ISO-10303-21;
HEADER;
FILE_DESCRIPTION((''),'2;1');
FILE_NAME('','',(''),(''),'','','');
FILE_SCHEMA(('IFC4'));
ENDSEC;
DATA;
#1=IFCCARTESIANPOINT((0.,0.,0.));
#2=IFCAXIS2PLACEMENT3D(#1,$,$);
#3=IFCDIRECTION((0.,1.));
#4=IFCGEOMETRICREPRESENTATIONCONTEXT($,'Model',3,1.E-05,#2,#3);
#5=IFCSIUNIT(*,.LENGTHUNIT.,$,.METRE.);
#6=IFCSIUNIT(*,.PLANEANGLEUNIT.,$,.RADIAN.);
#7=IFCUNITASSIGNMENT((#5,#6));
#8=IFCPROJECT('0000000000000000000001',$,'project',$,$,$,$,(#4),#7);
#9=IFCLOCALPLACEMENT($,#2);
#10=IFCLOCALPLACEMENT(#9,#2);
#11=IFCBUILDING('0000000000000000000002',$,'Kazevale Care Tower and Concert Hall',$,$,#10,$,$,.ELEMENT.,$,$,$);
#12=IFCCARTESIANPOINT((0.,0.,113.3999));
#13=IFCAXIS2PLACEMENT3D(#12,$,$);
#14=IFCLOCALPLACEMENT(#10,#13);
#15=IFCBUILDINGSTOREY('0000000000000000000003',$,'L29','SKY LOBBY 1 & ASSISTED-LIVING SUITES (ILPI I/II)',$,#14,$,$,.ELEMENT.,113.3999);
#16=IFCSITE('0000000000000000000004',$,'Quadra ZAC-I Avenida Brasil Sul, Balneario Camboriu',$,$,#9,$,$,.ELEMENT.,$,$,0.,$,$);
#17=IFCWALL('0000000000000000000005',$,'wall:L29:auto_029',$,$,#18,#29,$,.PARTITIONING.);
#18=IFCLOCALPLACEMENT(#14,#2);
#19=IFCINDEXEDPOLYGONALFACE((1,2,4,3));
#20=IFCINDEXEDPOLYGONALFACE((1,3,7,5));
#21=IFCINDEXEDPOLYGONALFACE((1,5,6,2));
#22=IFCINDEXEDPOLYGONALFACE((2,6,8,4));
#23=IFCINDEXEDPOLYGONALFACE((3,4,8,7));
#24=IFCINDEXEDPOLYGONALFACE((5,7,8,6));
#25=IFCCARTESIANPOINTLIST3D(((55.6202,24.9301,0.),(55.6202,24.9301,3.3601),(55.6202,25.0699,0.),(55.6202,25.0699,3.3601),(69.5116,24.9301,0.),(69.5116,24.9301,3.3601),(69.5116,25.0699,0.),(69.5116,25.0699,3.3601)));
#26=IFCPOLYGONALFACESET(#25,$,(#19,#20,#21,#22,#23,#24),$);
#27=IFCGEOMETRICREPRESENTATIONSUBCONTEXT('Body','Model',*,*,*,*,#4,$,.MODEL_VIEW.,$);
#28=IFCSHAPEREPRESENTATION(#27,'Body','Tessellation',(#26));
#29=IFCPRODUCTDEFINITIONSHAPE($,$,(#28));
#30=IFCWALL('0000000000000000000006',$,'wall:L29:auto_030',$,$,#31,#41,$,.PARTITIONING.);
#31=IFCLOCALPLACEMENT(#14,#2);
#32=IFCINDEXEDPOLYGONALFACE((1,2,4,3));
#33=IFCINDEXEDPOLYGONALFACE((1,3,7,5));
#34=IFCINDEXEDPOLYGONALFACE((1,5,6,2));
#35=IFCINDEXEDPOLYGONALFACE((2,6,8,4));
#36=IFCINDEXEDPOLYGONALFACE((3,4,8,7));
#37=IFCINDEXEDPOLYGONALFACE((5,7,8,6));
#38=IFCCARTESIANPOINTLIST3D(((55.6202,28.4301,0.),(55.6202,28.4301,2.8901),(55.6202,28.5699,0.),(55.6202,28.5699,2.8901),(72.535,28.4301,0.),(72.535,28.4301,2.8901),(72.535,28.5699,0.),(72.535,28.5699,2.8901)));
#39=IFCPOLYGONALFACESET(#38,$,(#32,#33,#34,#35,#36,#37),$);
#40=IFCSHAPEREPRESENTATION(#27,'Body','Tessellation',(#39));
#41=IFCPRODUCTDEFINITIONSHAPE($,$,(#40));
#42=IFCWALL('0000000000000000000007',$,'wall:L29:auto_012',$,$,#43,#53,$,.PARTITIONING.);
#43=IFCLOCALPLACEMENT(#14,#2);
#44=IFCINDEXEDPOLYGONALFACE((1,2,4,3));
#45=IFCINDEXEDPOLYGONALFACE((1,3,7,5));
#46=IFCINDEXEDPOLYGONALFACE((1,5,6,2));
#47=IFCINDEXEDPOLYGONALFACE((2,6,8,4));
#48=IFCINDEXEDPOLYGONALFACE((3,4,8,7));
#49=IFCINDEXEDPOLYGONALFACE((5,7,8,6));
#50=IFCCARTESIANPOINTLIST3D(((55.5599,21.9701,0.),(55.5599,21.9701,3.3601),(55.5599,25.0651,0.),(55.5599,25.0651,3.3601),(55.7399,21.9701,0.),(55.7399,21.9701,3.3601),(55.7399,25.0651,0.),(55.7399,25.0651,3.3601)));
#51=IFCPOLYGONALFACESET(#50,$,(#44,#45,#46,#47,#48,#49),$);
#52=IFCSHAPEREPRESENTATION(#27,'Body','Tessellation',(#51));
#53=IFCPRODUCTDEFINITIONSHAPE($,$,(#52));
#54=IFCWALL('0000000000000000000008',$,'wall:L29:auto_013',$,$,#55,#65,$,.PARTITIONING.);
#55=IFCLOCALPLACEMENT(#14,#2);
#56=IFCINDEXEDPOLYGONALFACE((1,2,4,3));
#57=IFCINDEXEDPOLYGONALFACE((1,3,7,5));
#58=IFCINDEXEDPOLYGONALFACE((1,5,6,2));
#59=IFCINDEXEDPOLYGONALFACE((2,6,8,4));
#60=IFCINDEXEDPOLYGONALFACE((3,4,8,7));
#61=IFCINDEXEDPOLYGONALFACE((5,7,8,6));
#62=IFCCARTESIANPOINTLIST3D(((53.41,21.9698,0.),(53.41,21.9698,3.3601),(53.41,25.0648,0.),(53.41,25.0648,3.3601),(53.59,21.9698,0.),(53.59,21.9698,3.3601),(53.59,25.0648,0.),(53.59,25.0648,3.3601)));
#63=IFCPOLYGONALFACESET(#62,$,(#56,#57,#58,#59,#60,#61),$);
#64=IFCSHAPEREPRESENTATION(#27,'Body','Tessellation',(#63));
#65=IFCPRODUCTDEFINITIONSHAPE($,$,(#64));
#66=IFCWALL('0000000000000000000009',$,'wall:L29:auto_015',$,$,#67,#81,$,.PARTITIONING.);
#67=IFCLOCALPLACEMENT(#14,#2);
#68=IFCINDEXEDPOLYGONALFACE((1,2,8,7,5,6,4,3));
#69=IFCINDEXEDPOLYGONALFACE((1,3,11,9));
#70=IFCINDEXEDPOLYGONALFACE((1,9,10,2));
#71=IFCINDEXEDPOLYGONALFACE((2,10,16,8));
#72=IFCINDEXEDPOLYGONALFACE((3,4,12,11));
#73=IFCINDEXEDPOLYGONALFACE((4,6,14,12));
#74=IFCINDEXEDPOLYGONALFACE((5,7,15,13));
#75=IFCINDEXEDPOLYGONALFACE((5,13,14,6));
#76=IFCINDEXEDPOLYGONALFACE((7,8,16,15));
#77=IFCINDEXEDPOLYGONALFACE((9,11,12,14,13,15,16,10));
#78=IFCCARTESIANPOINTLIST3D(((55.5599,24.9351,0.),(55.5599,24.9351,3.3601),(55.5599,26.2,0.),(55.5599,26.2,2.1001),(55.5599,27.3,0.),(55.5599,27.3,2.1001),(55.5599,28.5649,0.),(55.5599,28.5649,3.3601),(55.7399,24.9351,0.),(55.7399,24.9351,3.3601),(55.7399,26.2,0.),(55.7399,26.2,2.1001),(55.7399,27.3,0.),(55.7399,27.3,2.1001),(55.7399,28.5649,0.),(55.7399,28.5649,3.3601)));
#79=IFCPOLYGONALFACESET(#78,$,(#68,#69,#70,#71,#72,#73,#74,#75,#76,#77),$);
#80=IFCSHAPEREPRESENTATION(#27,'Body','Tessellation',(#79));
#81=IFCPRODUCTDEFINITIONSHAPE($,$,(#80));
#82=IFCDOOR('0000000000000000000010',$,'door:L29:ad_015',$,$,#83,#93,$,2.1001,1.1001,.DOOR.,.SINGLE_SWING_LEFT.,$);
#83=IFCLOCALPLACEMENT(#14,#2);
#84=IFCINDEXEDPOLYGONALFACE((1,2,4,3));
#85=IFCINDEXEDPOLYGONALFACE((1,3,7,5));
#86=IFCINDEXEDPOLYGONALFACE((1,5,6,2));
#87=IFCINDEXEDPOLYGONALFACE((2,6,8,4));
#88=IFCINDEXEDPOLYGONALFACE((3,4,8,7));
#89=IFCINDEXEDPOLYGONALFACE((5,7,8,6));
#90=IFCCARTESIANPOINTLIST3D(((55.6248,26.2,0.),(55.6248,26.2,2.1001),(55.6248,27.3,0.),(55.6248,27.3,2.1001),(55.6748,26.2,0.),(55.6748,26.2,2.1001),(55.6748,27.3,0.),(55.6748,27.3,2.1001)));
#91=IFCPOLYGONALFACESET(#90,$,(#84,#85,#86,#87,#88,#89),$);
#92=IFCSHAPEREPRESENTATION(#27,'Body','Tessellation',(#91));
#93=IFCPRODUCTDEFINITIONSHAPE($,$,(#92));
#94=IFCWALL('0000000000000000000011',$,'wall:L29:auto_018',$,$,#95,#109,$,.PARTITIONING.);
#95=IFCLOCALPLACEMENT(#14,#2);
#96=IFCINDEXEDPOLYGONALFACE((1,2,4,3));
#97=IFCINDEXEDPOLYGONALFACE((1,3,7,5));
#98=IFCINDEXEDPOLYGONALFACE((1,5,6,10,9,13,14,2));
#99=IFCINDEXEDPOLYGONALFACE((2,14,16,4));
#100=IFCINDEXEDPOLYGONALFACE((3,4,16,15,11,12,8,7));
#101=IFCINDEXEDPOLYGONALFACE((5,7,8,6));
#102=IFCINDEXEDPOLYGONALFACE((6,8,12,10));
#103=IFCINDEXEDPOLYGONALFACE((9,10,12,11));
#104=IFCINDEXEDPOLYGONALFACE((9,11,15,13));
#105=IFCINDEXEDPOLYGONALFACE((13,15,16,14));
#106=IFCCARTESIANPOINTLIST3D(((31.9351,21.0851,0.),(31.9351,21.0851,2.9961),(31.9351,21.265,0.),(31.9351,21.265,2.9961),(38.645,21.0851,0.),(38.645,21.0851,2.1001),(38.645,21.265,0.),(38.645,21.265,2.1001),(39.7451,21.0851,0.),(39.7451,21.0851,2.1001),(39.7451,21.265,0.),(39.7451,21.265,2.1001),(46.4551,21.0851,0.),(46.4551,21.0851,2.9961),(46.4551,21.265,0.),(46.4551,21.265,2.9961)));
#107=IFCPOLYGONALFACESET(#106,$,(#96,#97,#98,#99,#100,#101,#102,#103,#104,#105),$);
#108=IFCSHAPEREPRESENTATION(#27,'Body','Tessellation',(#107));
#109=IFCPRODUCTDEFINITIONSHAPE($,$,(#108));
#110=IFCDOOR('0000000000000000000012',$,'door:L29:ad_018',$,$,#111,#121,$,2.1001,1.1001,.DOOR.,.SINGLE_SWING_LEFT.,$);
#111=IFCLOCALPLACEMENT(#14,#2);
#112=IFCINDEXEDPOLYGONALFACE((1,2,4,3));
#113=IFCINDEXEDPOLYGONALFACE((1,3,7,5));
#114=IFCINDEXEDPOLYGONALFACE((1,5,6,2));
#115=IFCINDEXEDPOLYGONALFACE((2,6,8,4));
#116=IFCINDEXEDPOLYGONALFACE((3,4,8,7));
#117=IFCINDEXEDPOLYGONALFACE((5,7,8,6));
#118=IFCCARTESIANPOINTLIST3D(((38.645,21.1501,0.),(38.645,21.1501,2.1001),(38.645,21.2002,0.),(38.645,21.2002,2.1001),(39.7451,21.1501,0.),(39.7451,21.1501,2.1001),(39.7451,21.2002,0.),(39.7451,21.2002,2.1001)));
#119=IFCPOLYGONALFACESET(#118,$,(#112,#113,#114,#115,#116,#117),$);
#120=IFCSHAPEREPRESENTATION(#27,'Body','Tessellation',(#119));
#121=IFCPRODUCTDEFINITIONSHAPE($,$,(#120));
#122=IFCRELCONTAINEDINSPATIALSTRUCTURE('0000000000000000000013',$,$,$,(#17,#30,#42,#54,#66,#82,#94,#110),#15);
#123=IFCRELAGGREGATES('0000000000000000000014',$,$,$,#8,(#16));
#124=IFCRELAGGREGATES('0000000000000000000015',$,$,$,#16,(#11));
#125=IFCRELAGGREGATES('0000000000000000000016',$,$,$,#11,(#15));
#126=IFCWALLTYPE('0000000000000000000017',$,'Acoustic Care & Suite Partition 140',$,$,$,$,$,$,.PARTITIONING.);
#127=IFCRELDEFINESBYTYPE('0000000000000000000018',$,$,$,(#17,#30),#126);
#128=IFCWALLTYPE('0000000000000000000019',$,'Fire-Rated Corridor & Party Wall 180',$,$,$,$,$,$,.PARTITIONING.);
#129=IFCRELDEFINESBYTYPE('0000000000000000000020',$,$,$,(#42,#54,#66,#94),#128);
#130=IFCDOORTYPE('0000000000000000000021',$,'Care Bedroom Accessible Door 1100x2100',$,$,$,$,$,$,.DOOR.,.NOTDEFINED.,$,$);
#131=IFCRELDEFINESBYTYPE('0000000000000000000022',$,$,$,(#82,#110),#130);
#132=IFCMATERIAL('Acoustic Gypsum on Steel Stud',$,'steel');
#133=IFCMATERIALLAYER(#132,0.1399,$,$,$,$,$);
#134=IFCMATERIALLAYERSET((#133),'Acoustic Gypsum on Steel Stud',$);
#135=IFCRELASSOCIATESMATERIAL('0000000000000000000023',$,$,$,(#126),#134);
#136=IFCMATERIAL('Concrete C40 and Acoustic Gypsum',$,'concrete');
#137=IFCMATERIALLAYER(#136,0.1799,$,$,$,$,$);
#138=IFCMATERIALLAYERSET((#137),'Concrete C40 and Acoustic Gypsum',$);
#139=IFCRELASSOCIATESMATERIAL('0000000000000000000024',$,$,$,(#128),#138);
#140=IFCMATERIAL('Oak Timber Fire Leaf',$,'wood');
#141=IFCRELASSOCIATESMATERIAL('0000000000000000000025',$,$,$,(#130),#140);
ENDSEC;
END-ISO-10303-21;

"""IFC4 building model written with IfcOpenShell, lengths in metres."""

from ifc_helpers import new_model, si_unit, direction, frame, frame_2d, origin, place, context, subcontext, project, spatial, rectangle, extrude, material, layer, layer_set, type_object, element, fill, save


model = new_model("IFC4")

# Units and contexts
model_context = context("Model", 3, precision=1e-05, world=origin(), true_north=direction((0.0, 1.0)))
body_context = subcontext(model_context, "Body", "Model", "MODEL_VIEW")
ifc_project = project(units=[si_unit("LENGTHUNIT", "METRE"), si_unit("PLANEANGLEUNIT", "RADIAN")], contexts=[model_context])

# Site, building, storey
site_placement = place(None, origin())
site = spatial("IfcSite", under=ifc_project, at=site_placement, Name="Quadra ZAC-I Avenida Brasil Sul, Balneario Camboriu", CompositionType="ELEMENT", RefElevation=0.0)
building_placement = place(site_placement, origin())
building = spatial("IfcBuilding", under=site, at=building_placement, Name="Kazevale Care Tower and Concert Hall", CompositionType="ELEMENT")
storey_placement = place(building_placement, frame((0.0, 0.0, 113.3999)))
storey = spatial("IfcBuildingStorey", under=building, at=storey_placement, Name="L29", Description="SKY LOBBY 1 & ASSISTED-LIVING SUITES (ILPI I/II)", CompositionType="ELEMENT", Elevation=113.3999)

# Walls
ifc_material_1 = material(Name="Acoustic Gypsum on Steel Stud", Category="steel")
ifc_layer_1 = layer(ifc_material_1, 0.1399)
ifc_layer_set_1 = layer_set([ifc_layer_1], Name="Acoustic Gypsum on Steel Stud")
wall_type_1 = type_object("IfcWallType", Name="Acoustic Care & Suite Partition 140", PredefinedType="PARTITIONING", material=ifc_layer_set_1)
wall_1_placement = place(storey_placement, frame((55.6201, 25.0, 0.0), z_axis=(0.0, 0.0, 1.0), x_axis=(1.0, 0.0, 0.0)))
element("IfcWall", 1, at=wall_1_placement, inside=storey, type_object=wall_type_1, Name="wall:L29:auto_029", PredefinedType="PARTITIONING", context=body_context, shape_type="SweptSolid", body=[
    extrude(rectangle(XDim=13.8914, YDim=0.1399, at=frame_2d((6.9458, 0.0))), origin(), (0.0, 0.0, 1.0), 3.3601),
])
wall_2_placement = place(storey_placement, frame((55.6201, 28.5, 0.0), z_axis=(0.0, 0.0, 1.0), x_axis=(1.0, 0.0, 0.0)))
element("IfcWall", 2, at=wall_2_placement, inside=storey, type_object=wall_type_1, Name="wall:L29:auto_030", PredefinedType="PARTITIONING", context=body_context, shape_type="SweptSolid", body=[
    extrude(rectangle(XDim=16.9148, YDim=0.1399, at=frame_2d((8.4575, 0.0))), origin(), (0.0, 0.0, 1.0), 2.8901),
])

# Shared definitions
ifc_material_2 = material(Name="Concrete C40 and Acoustic Gypsum", Category="concrete")
ifc_layer_2 = layer(ifc_material_2, 0.1799)
ifc_layer_set_2 = layer_set([ifc_layer_2], Name="Concrete C40 and Acoustic Gypsum")
wall_type_2 = type_object("IfcWallType", Name="Fire-Rated Corridor & Party Wall 180", PredefinedType="PARTITIONING", material=ifc_layer_set_2)
ifc_material_3 = material(Name="Oak Timber Fire Leaf", Category="wood")

# Walls
for number, where, z_axis, x_axis, name in (
    (3, (55.6499, 25.0649, 0.0), (0.0, 0.0, 1.0), (0.0, -1.0, 0.0), "wall:L29:auto_012"),
    (4, (53.5, 21.97, 0.0), (0.0, 0.0, 1.0), (0.0, 1.0, 0.0), "wall:L29:auto_013"),
):
    element("IfcWall", number, at=place(storey_placement, frame(where, z_axis=z_axis, x_axis=x_axis)), inside=storey, type_object=wall_type_2, Name=name, PredefinedType="PARTITIONING", context=body_context, shape_type="SweptSolid", body=[
        extrude(rectangle(XDim=3.095, YDim=0.1799, at=frame_2d((1.5474, 0.0))), origin(), (0.0, 0.0, 1.0), 3.3601),
    ])

# Walls, openings, doors
wall_3_placement = place(storey_placement, frame((55.6499, 28.5649, 0.0), z_axis=(0.0, 0.0, 1.0), x_axis=(0.0, -1.0, 0.0)))
wall_3 = element("IfcWall", 5, at=wall_3_placement, inside=storey, type_object=wall_type_2, Name="wall:L29:auto_015", PredefinedType="PARTITIONING", context=body_context, shape_type="SweptSolid", body=[
    extrude(rectangle(XDim=3.6299, YDim=0.1799, at=frame_2d((1.8149, 0.0))), origin(), (0.0, 0.0, 1.0), 3.3601),
])
opening_1_placement = place(wall_3_placement, frame((1.2649, 0.0, 0.0)))
opening_1 = element("IfcOpeningElement", 6, at=opening_1_placement, cuts=wall_3, PredefinedType="OPENING", context=body_context, shape_type="SweptSolid", body=[
    extrude(rectangle(XDim=1.1001, YDim=2.1001, at=frame_2d((0.55, 1.05))), frame((0.0, 0.0999, 0.0), z_axis=(0.0, -1.0, 0.0), x_axis=(1.0, 0.0, 0.0)), (0.0, 0.0, 1.0), 0.2),
])
door_type_1 = type_object("IfcDoorType", Name="Care Bedroom Accessible Door 1100x2100", OperationType="NOTDEFINED", PredefinedType="DOOR", material=ifc_material_3)
door_1_placement = place(opening_1_placement, origin())
door_1 = element("IfcDoor", 7, at=door_1_placement, inside=storey, type_object=door_type_1, Name="door:L29:ad_015", OperationType="SINGLE_SWING_LEFT", OverallHeight=2.1001, OverallWidth=1.1001, PredefinedType="DOOR", context=body_context, shape_type="SweptSolid", body=[
    extrude(rectangle(XDim=1.1001, YDim=2.1001, at=frame_2d((0.55, 1.05))), frame((0.0, 0.0249, 0.0), z_axis=(0.0, -1.0, 0.0), x_axis=(1.0, 0.0, 0.0)), (0.0, 0.0, 1.0), 0.05),
])
fill(opening_1, door_1)
wall_4_placement = place(storey_placement, frame((46.4551, 21.175, 0.0), z_axis=(0.0, 0.0, 1.0), x_axis=(-1.0, 0.0, 0.0)))
wall_4 = element("IfcWall", 8, at=wall_4_placement, inside=storey, type_object=wall_type_2, Name="wall:L29:auto_018", PredefinedType="PARTITIONING", context=body_context, shape_type="SweptSolid", body=[
    extrude(rectangle(XDim=14.52, YDim=0.1799, at=frame_2d((7.26, 0.0))), origin(), (0.0, 0.0, 1.0), 2.9961),
])
opening_2_placement = place(wall_4_placement, frame((6.71, 0.0, 0.0)))
opening_2 = element("IfcOpeningElement", 9, at=opening_2_placement, cuts=wall_4, PredefinedType="OPENING", context=body_context, shape_type="SweptSolid", body=[
    extrude(rectangle(XDim=1.1001, YDim=2.1001, at=frame_2d((0.55, 1.05))), frame((0.0, 0.0999, 0.0), z_axis=(0.0, -1.0, 0.0), x_axis=(1.0, 0.0, 0.0)), (0.0, 0.0, 1.0), 0.2),
])
door_2_placement = place(opening_2_placement, origin())
door_2 = element("IfcDoor", 10, at=door_2_placement, inside=storey, type_object=door_type_1, Name="door:L29:ad_018", OperationType="SINGLE_SWING_LEFT", OverallHeight=2.1001, OverallWidth=1.1001, PredefinedType="DOOR", context=body_context, shape_type="SweptSolid", body=[
    extrude(rectangle(XDim=1.1001, YDim=2.1001, at=frame_2d((0.55, 1.05))), frame((0.0, 0.0249, 0.0), z_axis=(0.0, -1.0, 0.0), x_axis=(1.0, 0.0, 0.0)), (0.0, 0.0, 1.0), 0.05),
])
fill(opening_2, door_2)

save(model, "model.ifc")
